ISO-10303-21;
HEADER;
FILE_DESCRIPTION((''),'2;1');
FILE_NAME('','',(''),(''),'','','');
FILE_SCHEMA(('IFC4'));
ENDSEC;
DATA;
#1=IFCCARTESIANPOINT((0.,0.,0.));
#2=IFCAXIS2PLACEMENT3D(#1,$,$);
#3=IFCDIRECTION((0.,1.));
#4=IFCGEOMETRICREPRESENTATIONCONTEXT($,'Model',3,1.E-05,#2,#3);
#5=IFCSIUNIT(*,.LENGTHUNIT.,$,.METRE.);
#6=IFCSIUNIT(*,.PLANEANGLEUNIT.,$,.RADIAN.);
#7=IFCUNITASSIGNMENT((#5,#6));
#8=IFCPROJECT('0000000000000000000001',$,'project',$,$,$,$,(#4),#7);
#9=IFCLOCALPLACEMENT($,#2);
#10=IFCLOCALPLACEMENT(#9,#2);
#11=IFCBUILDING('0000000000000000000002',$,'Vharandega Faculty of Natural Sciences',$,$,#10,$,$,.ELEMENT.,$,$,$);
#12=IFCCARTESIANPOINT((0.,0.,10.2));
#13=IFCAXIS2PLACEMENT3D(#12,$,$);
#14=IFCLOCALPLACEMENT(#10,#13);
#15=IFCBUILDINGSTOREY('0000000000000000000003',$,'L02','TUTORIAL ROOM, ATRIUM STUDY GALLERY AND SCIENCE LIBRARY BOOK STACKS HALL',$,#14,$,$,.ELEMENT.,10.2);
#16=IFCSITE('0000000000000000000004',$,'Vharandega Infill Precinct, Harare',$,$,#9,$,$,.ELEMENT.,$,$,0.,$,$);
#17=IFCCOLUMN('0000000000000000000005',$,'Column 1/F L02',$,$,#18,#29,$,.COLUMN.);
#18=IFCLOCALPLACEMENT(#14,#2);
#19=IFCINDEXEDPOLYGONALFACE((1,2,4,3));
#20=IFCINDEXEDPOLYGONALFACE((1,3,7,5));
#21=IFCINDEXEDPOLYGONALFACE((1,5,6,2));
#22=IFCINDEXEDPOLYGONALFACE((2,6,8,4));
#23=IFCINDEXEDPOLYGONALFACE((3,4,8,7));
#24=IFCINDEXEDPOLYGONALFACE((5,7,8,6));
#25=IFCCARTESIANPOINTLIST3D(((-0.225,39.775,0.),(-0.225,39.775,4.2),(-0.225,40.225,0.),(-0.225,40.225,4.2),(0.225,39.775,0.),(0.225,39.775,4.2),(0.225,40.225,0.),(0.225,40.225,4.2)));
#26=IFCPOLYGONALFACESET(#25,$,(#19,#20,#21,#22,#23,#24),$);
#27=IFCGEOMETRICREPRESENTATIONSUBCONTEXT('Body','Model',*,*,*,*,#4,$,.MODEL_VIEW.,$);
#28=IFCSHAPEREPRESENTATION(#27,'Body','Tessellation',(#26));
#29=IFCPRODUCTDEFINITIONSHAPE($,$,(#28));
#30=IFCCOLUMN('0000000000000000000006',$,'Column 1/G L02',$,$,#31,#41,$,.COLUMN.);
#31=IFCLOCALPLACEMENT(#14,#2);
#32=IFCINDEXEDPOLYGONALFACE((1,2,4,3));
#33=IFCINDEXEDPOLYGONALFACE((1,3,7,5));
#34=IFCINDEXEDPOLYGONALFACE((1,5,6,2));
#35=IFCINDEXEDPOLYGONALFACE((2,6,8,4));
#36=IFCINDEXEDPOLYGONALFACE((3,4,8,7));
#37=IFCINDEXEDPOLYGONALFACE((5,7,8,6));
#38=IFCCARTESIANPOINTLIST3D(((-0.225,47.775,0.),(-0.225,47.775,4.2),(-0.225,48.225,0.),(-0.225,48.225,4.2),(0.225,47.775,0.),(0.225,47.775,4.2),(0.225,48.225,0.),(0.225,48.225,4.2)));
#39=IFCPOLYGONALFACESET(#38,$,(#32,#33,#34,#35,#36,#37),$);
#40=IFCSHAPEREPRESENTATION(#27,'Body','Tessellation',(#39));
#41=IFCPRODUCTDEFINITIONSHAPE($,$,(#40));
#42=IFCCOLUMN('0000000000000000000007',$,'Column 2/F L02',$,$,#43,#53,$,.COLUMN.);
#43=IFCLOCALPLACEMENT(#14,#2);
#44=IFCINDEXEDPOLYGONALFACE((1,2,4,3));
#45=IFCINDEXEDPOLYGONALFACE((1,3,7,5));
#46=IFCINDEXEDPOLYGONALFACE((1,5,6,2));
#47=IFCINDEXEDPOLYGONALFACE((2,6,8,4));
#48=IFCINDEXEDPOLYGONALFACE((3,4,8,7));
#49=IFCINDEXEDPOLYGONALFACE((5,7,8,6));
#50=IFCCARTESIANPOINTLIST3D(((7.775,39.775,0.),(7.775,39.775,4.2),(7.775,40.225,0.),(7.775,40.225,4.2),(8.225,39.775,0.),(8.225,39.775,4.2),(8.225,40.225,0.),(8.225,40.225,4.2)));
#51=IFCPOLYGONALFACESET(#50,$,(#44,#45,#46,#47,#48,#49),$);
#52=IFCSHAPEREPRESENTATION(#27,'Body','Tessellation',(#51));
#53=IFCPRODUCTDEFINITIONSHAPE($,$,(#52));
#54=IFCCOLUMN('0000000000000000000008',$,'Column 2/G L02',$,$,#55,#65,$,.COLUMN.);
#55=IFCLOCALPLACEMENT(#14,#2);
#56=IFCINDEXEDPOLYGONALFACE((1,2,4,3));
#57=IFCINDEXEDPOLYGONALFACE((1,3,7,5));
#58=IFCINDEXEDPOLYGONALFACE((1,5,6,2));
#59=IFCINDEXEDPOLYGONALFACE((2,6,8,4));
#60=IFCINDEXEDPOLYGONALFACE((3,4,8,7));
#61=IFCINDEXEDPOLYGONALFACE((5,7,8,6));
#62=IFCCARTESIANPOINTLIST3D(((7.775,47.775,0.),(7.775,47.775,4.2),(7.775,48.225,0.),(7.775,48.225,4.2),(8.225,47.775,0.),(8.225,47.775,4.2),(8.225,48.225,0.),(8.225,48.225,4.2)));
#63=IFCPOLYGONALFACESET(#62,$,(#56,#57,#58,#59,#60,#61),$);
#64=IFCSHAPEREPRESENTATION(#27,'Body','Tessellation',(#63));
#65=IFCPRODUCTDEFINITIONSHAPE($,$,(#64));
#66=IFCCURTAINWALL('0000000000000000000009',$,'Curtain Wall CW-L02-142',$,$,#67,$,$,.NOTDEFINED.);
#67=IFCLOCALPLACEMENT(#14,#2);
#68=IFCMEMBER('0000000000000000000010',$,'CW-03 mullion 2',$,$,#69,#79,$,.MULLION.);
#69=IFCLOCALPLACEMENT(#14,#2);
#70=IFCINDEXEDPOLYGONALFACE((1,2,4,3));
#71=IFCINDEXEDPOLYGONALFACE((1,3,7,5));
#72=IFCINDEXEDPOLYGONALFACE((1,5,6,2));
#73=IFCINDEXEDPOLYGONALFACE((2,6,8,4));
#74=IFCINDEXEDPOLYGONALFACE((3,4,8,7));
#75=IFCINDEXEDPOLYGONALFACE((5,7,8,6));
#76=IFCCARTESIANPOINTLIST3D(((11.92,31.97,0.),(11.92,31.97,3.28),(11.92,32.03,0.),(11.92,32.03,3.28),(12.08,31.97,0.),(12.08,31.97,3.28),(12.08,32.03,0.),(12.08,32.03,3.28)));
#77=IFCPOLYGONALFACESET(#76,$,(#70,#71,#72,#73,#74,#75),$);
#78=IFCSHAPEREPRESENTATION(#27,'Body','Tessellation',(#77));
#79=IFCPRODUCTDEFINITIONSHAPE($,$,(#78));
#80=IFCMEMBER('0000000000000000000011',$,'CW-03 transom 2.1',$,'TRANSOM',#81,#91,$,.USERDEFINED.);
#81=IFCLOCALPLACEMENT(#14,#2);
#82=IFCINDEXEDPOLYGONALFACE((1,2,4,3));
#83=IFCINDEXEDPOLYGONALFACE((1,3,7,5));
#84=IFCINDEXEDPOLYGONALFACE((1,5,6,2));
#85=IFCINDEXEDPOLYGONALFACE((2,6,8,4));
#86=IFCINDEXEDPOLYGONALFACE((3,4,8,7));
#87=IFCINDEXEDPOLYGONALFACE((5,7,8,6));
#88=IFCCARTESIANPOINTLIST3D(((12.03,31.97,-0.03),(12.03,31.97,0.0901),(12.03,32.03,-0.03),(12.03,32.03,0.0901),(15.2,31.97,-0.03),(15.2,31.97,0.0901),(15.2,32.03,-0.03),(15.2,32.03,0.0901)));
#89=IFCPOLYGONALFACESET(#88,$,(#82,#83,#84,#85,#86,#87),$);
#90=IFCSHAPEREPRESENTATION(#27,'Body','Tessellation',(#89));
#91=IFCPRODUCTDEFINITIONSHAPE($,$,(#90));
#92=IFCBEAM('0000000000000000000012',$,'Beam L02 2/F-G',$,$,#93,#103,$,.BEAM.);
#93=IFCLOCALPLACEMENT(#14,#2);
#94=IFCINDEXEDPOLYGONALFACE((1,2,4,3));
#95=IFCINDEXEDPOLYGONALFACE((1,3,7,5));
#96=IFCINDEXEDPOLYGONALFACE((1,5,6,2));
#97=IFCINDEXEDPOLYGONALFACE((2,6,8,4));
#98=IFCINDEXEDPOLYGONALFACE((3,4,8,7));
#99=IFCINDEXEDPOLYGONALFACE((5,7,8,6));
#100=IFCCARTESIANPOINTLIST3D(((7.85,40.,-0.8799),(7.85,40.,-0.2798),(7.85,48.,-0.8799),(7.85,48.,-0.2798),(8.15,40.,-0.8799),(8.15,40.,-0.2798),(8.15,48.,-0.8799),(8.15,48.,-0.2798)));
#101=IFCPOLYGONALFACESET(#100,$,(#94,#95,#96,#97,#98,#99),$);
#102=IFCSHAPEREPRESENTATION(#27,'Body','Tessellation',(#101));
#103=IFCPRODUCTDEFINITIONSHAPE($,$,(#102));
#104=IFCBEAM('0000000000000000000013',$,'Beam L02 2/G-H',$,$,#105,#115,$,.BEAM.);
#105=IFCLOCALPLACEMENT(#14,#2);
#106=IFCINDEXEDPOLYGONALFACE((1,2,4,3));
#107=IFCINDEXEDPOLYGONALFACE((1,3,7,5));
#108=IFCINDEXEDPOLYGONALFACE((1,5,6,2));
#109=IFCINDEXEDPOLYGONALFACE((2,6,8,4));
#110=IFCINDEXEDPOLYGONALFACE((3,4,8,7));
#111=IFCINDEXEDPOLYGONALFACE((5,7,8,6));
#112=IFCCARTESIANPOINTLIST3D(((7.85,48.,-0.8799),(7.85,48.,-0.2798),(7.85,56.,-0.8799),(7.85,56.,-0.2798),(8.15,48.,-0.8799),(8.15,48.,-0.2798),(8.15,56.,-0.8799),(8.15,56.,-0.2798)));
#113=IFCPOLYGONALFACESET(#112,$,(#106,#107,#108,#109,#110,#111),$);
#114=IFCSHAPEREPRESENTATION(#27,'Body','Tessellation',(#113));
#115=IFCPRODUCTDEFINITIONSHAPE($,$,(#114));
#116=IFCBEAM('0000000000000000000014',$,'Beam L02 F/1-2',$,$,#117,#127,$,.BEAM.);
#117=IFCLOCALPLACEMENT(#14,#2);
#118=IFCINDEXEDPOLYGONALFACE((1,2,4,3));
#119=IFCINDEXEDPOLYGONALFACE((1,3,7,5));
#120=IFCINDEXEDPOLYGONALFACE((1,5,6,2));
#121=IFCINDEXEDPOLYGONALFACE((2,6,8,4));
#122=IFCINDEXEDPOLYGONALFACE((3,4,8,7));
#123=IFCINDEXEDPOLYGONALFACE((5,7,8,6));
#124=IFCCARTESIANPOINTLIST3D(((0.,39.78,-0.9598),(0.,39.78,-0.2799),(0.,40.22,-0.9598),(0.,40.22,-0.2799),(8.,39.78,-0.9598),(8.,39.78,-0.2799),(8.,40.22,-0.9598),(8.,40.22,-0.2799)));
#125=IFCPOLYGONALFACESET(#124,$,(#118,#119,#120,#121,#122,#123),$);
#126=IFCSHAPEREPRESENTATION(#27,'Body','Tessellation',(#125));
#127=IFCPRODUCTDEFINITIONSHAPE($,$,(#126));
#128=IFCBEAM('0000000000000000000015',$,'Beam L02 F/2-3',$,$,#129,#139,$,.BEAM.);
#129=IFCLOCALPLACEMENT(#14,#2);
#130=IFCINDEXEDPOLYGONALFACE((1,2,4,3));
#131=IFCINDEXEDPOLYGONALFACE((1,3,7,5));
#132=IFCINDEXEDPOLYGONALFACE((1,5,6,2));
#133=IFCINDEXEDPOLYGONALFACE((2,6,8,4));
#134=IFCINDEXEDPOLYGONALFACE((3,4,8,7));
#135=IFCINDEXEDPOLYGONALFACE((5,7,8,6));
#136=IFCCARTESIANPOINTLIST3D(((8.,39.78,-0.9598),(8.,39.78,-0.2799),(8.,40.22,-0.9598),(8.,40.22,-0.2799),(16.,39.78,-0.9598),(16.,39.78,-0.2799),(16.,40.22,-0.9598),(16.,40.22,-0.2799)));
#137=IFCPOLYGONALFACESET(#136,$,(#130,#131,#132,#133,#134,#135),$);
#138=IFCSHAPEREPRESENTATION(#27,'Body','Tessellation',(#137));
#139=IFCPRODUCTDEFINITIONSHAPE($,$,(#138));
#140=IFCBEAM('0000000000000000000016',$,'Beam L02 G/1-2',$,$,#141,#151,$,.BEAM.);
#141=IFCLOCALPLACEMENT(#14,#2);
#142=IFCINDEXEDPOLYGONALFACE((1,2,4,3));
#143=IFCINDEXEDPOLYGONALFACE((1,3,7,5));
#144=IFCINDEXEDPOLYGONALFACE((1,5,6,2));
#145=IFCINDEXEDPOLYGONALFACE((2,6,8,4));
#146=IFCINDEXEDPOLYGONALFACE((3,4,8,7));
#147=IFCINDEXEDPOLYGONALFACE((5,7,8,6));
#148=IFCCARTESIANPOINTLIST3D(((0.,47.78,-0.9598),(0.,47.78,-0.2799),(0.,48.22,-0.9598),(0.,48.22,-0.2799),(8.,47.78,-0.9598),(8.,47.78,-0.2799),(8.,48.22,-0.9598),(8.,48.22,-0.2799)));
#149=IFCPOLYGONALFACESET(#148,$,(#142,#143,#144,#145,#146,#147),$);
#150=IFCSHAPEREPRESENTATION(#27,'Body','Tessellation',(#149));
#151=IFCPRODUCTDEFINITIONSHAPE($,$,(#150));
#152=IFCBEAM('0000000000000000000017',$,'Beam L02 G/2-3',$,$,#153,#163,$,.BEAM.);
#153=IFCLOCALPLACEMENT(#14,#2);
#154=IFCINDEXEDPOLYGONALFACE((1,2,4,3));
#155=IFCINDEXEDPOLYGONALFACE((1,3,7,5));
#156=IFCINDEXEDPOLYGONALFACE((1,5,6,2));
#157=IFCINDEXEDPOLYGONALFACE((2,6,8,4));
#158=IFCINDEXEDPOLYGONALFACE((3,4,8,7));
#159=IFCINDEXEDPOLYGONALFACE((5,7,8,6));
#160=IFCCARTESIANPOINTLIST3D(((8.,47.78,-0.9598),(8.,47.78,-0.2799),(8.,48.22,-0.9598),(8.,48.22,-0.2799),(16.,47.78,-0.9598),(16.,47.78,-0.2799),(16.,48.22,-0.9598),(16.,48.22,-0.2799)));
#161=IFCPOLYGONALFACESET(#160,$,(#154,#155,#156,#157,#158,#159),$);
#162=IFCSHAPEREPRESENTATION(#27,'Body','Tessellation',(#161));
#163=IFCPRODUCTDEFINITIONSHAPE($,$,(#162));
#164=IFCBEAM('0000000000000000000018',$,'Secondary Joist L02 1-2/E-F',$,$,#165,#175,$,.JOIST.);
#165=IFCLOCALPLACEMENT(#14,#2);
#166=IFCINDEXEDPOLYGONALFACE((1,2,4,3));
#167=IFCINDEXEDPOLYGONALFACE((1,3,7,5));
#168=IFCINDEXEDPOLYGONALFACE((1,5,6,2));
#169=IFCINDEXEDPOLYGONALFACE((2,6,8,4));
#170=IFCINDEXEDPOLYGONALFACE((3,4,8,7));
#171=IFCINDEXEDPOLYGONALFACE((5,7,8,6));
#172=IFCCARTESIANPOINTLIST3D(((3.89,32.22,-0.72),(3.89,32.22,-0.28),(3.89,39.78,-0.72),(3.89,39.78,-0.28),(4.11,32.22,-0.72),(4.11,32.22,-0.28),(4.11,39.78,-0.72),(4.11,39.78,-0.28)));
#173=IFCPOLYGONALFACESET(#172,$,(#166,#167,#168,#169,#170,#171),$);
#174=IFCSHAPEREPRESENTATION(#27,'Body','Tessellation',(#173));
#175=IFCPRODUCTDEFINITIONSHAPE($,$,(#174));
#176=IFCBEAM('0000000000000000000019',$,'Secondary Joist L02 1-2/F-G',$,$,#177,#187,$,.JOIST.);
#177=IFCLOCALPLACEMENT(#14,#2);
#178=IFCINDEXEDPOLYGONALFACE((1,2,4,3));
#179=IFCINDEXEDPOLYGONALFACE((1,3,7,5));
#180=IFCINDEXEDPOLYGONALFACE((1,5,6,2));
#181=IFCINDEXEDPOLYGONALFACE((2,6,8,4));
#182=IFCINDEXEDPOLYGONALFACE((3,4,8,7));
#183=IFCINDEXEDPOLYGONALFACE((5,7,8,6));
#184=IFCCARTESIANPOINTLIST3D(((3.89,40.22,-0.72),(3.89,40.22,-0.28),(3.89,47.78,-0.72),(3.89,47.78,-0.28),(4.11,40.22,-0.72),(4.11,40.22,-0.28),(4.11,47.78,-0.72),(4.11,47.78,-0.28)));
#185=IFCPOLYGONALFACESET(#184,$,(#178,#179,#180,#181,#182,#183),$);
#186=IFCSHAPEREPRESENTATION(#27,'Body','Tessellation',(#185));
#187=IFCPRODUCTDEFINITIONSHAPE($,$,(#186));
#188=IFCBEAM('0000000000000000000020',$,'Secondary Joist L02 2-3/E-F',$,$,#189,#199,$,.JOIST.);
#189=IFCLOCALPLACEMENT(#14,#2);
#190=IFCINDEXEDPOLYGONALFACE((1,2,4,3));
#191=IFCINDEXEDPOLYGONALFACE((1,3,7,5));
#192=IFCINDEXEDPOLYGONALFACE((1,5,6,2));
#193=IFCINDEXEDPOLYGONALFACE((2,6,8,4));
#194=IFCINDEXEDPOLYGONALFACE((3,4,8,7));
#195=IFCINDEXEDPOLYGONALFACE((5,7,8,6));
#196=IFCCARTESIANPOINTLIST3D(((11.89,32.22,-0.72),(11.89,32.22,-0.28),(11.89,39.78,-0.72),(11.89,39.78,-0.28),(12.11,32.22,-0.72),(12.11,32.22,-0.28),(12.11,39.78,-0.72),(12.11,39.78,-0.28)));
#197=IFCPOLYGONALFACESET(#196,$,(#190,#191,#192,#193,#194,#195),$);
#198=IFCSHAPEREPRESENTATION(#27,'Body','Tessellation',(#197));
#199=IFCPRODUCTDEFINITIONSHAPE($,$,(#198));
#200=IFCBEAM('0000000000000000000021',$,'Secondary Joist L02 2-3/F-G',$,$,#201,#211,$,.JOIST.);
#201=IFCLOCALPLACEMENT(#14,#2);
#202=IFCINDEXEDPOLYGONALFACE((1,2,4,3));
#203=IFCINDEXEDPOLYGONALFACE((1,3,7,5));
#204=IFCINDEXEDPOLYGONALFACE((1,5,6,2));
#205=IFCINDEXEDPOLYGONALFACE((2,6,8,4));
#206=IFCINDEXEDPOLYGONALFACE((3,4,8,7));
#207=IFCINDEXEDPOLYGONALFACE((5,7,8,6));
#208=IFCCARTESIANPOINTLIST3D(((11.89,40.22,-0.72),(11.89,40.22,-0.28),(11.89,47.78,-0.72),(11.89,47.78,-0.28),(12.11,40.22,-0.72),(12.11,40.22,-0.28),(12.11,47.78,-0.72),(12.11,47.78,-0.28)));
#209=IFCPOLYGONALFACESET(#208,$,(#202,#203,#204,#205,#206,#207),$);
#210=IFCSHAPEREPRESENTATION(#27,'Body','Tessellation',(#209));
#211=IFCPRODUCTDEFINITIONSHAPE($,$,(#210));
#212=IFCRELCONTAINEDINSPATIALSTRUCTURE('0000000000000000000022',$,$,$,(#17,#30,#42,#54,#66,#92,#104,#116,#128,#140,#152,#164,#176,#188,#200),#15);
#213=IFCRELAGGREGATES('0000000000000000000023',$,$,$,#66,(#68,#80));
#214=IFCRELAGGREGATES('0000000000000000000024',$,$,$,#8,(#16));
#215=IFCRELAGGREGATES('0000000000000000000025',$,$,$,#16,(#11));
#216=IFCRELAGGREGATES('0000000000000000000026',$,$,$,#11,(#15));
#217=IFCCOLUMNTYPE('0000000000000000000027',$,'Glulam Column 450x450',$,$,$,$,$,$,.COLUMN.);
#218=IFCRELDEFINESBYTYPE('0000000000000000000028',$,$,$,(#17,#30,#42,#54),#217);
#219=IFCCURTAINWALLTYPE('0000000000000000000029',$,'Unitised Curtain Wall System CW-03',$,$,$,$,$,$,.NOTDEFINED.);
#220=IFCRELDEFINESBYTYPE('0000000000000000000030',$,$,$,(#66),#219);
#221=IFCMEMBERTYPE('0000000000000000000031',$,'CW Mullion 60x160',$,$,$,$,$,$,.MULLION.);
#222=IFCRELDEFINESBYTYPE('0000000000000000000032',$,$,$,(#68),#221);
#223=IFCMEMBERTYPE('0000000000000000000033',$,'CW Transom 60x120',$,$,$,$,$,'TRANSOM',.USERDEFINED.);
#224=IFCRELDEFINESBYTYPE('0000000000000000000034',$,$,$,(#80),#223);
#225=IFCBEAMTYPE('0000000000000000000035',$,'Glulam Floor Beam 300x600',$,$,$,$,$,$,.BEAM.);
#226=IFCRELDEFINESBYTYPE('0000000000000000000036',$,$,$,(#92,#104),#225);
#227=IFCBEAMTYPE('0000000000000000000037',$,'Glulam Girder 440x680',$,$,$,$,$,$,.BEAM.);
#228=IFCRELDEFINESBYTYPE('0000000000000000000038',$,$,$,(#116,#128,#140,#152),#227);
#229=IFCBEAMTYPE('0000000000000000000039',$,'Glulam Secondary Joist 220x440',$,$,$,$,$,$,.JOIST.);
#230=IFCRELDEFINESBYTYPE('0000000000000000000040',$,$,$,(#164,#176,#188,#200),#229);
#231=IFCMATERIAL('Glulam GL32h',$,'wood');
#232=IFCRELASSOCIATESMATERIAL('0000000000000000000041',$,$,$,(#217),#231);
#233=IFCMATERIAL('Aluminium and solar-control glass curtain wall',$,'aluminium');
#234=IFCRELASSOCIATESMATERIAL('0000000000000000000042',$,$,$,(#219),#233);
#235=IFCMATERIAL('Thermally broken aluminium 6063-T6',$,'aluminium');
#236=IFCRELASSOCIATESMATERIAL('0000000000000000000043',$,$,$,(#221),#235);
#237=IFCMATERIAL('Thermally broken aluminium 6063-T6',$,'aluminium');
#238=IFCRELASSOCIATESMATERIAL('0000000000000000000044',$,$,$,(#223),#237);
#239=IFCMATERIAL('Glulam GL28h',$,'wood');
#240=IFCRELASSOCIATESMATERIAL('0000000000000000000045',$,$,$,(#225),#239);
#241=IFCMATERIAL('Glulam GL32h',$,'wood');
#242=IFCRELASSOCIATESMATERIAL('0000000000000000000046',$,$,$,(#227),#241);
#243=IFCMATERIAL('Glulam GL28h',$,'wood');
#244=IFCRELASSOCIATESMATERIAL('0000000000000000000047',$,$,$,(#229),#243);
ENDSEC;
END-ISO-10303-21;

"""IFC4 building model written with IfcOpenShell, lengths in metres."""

from ifc_helpers import new_model, si_unit, direction, frame, origin, origin_2d, place, context, subcontext, project, spatial, rectangle, extrude, material, material_profile, profile_set, type_object, element, aggregate, save


model = new_model("IFC4")

# Units and contexts
model_context = context("Model", 3, precision=1e-05, world=origin(), true_north=direction((0.0, 1.0)))
body_context = subcontext(model_context, "Body", "Model", "MODEL_VIEW")
ifc_project = project(units=[si_unit("LENGTHUNIT", "METRE"), si_unit("PLANEANGLEUNIT", "RADIAN")], contexts=[model_context])

# Site, building, storey
site_placement = place(None, origin())
site = spatial("IfcSite", under=ifc_project, at=site_placement, Name="Vharandega Infill Precinct, Harare", CompositionType="ELEMENT", RefElevation=0.0)
building_placement = place(site_placement, origin())
building = spatial("IfcBuilding", under=site, at=building_placement, Name="Vharandega Faculty of Natural Sciences", CompositionType="ELEMENT")
storey_placement = place(building_placement, frame((0.0, 0.0, 10.2)))
storey = spatial("IfcBuildingStorey", under=building, at=storey_placement, Name="L02", Description="TUTORIAL ROOM, ATRIUM STUDY GALLERY AND SCIENCE LIBRARY BOOK STACKS HALL", CompositionType="ELEMENT", Elevation=10.2)

# Columns
ifc_material_1 = material(Name="Glulam GL32h", Category="wood")
ifc_material_profile_1 = material_profile(ifc_material_1, rectangle(XDim=0.45, YDim=0.45, at=origin_2d()), Name="GL32h 450x450")
ifc_profile_set_1 = profile_set([ifc_material_profile_1], Name="Glulam GL32h")
column_type = type_object("IfcColumnType", Name="Glulam Column 450x450", PredefinedType="COLUMN", material=ifc_profile_set_1)
for number, where, z_axis, x_axis, name in (
    (1, (0.0, 40.0, 0.0), (0.0, 0.0, 1.0), (1.0, 0.0, 0.0), "Column 1/F L02"),
    (2, (0.0, 48.0, 0.0), (0.0, 0.0, 1.0), (1.0, 0.0, 0.0), "Column 1/G L02"),
    (3, (8.0, 40.0, 0.0), (0.0, 0.0, 1.0), (1.0, 0.0, 0.0), "Column 2/F L02"),
    (4, (8.0, 48.0, 0.0), (0.0, 0.0, 1.0), (1.0, 0.0, 0.0), "Column 2/G L02"),
):
    element("IfcColumn", number, at=place(storey_placement, frame(where, z_axis=z_axis, x_axis=x_axis)), inside=storey, type_object=column_type, Name=name, PredefinedType="COLUMN", context=body_context, shape_type="SweptSolid", body=[
        extrude(rectangle(XDim=0.45, YDim=0.45, at=origin_2d()), origin(), (0.0, 0.0, 1.0), 4.2),
    ])

# Curtain wall, members
ifc_material_2 = material(Name="Aluminium and solar-control glass curtain wall", Category="aluminium")
curtain_wall_type = type_object("IfcCurtainWallType", Name="Unitised Curtain Wall System CW-03", PredefinedType="NOTDEFINED", material=ifc_material_2)
curtain_wall_placement = place(storey_placement, origin())
curtain_wall = element("IfcCurtainWall", 5, at=curtain_wall_placement, inside=storey, type_object=curtain_wall_type, Name="Curtain Wall CW-L02-142", PredefinedType="NOTDEFINED")
ifc_material_3 = material(Name="Thermally broken aluminium 6063-T6", Category="aluminium")
ifc_material_profile_2 = material_profile(ifc_material_3, rectangle(XDim=0.0601, YDim=0.1599, at=origin_2d()), Name="ALU 60x160")
ifc_profile_set_2 = profile_set([ifc_material_profile_2], Name="Thermally broken aluminium 6063-T6")
member_type_1 = type_object("IfcMemberType", Name="CW Mullion 60x160", PredefinedType="MULLION", material=ifc_profile_set_2)
member_1_placement = place(storey_placement, frame((12.0, 32.0, 0.0), z_axis=(0.0, 0.0, 1.0), x_axis=(0.0, 1.0, 0.0)))
member_1 = element("IfcMember", 6, at=member_1_placement, type_object=member_type_1, Name="CW-03 mullion 2", PredefinedType="MULLION", context=body_context, shape_type="SweptSolid", body=[
    extrude(rectangle(XDim=0.0601, YDim=0.1599, at=origin_2d()), origin(), (0.0, 0.0, 1.0), 3.28),
])
ifc_material_4 = material(Name="Thermally broken aluminium 6063-T6", Category="aluminium")
ifc_material_profile_3 = material_profile(ifc_material_4, rectangle(XDim=0.0601, YDim=0.1201, at=origin_2d()), Name="ALU 60x120")
ifc_profile_set_3 = profile_set([ifc_material_profile_3], Name="Thermally broken aluminium 6063-T6")
member_type_2 = type_object("IfcMemberType", Name="CW Transom 60x120", ElementType="TRANSOM", PredefinedType="USERDEFINED", material=ifc_profile_set_3)
member_2_placement = place(storey_placement, frame((12.03, 32.0, 0.03), z_axis=(1.0, 0.0, 0.0), x_axis=(0.0, 1.0, 0.0)))
member_2 = element("IfcMember", 7, at=member_2_placement, type_object=member_type_2, Name="CW-03 transom 2.1", ObjectType="TRANSOM", PredefinedType="USERDEFINED", context=body_context, shape_type="SweptSolid", body=[
    extrude(rectangle(XDim=0.0601, YDim=0.1201, at=origin_2d()), origin(), (0.0, 0.0, 1.0), 3.1699),
])
aggregate(curtain_wall, [member_1, member_2])

# Beams
ifc_material_5 = material(Name="Glulam GL28h", Category="wood")
ifc_material_profile_4 = material_profile(ifc_material_5, rectangle(XDim=0.3, YDim=0.6001, at=origin_2d()), Name="GL28h 300x600")
ifc_profile_set_4 = profile_set([ifc_material_profile_4], Name="Glulam GL28h")
beam_type_1 = type_object("IfcBeamType", Name="Glulam Floor Beam 300x600", PredefinedType="BEAM", material=ifc_profile_set_4)
for number, where, z_axis, x_axis, name in (
    (8, (8.0, 40.0, -0.5798), (0.0, 1.0, 0.0), (-1.0, 0.0, 0.0), "Beam L02 2/F-G"),
    (9, (8.0, 48.0, -0.5798), (0.0, 1.0, 0.0), (-1.0, 0.0, 0.0), "Beam L02 2/G-H"),
):
    element("IfcBeam", number, at=place(storey_placement, frame(where, z_axis=z_axis, x_axis=x_axis)), inside=storey, type_object=beam_type_1, Name=name, PredefinedType="BEAM", context=body_context, shape_type="SweptSolid", body=[
        extrude(rectangle(XDim=0.3, YDim=0.6001, at=origin_2d()), origin(), (0.0, 0.0, 1.0), 8.0),
    ])
ifc_material_6 = material(Name="Glulam GL32h", Category="wood")
ifc_material_profile_5 = material_profile(ifc_material_6, rectangle(XDim=0.4399, YDim=0.6799, at=origin_2d()), Name="GL32h 440x680")
ifc_profile_set_5 = profile_set([ifc_material_profile_5], Name="Glulam GL32h")
beam_type_2 = type_object("IfcBeamType", Name="Glulam Girder 440x680", PredefinedType="BEAM", material=ifc_profile_set_5)
for number, where, z_axis, x_axis, name in (
    (10, (0.0, 40.0, -0.6199), (1.0, 0.0, 0.0), (0.0, 1.0, 0.0), "Beam L02 F/1-2"),
    (11, (8.0, 40.0, -0.6199), (1.0, 0.0, 0.0), (0.0, 1.0, 0.0), "Beam L02 F/2-3"),
    (12, (0.0, 48.0, -0.6199), (1.0, 0.0, 0.0), (0.0, 1.0, 0.0), "Beam L02 G/1-2"),
    (13, (8.0, 48.0, -0.6199), (1.0, 0.0, 0.0), (0.0, 1.0, 0.0), "Beam L02 G/2-3"),
):
    element("IfcBeam", number, at=place(storey_placement, frame(where, z_axis=z_axis, x_axis=x_axis)), inside=storey, type_object=beam_type_2, Name=name, PredefinedType="BEAM", context=body_context, shape_type="SweptSolid", body=[
        extrude(rectangle(XDim=0.4399, YDim=0.6799, at=origin_2d()), origin(), (0.0, 0.0, 1.0), 8.0),
    ])
ifc_material_7 = material(Name="Glulam GL28h", Category="wood")
ifc_material_profile_6 = material_profile(ifc_material_7, rectangle(XDim=0.22, YDim=0.4399, at=origin_2d()), Name="GL28h 220x440")
ifc_profile_set_6 = profile_set([ifc_material_profile_6], Name="Glulam GL28h")
beam_type_3 = type_object("IfcBeamType", Name="Glulam Secondary Joist 220x440", PredefinedType="JOIST", material=ifc_profile_set_6)
for number, where, z_axis, x_axis, name in (
    (14, (4.0, 32.22, -0.5), (0.0, 1.0, 0.0), (-1.0, 0.0, 0.0), "Secondary Joist L02 1-2/E-F"),
    (15, (4.0, 40.22, -0.5), (0.0, 1.0, 0.0), (-1.0, 0.0, 0.0), "Secondary Joist L02 1-2/F-G"),
    (16, (12.0, 32.22, -0.5), (0.0, 1.0, 0.0), (-1.0, 0.0, 0.0), "Secondary Joist L02 2-3/E-F"),
    (17, (12.0, 40.22, -0.5), (0.0, 1.0, 0.0), (-1.0, 0.0, 0.0), "Secondary Joist L02 2-3/F-G"),
):
    element("IfcBeam", number, at=place(storey_placement, frame(where, z_axis=z_axis, x_axis=x_axis)), inside=storey, type_object=beam_type_3, Name=name, PredefinedType="JOIST", context=body_context, shape_type="SweptSolid", body=[
        extrude(rectangle(XDim=0.22, YDim=0.4399, at=origin_2d()), origin(), (0.0, 0.0, 1.0), 7.5601),
    ])

save(model, "model.ifc")
